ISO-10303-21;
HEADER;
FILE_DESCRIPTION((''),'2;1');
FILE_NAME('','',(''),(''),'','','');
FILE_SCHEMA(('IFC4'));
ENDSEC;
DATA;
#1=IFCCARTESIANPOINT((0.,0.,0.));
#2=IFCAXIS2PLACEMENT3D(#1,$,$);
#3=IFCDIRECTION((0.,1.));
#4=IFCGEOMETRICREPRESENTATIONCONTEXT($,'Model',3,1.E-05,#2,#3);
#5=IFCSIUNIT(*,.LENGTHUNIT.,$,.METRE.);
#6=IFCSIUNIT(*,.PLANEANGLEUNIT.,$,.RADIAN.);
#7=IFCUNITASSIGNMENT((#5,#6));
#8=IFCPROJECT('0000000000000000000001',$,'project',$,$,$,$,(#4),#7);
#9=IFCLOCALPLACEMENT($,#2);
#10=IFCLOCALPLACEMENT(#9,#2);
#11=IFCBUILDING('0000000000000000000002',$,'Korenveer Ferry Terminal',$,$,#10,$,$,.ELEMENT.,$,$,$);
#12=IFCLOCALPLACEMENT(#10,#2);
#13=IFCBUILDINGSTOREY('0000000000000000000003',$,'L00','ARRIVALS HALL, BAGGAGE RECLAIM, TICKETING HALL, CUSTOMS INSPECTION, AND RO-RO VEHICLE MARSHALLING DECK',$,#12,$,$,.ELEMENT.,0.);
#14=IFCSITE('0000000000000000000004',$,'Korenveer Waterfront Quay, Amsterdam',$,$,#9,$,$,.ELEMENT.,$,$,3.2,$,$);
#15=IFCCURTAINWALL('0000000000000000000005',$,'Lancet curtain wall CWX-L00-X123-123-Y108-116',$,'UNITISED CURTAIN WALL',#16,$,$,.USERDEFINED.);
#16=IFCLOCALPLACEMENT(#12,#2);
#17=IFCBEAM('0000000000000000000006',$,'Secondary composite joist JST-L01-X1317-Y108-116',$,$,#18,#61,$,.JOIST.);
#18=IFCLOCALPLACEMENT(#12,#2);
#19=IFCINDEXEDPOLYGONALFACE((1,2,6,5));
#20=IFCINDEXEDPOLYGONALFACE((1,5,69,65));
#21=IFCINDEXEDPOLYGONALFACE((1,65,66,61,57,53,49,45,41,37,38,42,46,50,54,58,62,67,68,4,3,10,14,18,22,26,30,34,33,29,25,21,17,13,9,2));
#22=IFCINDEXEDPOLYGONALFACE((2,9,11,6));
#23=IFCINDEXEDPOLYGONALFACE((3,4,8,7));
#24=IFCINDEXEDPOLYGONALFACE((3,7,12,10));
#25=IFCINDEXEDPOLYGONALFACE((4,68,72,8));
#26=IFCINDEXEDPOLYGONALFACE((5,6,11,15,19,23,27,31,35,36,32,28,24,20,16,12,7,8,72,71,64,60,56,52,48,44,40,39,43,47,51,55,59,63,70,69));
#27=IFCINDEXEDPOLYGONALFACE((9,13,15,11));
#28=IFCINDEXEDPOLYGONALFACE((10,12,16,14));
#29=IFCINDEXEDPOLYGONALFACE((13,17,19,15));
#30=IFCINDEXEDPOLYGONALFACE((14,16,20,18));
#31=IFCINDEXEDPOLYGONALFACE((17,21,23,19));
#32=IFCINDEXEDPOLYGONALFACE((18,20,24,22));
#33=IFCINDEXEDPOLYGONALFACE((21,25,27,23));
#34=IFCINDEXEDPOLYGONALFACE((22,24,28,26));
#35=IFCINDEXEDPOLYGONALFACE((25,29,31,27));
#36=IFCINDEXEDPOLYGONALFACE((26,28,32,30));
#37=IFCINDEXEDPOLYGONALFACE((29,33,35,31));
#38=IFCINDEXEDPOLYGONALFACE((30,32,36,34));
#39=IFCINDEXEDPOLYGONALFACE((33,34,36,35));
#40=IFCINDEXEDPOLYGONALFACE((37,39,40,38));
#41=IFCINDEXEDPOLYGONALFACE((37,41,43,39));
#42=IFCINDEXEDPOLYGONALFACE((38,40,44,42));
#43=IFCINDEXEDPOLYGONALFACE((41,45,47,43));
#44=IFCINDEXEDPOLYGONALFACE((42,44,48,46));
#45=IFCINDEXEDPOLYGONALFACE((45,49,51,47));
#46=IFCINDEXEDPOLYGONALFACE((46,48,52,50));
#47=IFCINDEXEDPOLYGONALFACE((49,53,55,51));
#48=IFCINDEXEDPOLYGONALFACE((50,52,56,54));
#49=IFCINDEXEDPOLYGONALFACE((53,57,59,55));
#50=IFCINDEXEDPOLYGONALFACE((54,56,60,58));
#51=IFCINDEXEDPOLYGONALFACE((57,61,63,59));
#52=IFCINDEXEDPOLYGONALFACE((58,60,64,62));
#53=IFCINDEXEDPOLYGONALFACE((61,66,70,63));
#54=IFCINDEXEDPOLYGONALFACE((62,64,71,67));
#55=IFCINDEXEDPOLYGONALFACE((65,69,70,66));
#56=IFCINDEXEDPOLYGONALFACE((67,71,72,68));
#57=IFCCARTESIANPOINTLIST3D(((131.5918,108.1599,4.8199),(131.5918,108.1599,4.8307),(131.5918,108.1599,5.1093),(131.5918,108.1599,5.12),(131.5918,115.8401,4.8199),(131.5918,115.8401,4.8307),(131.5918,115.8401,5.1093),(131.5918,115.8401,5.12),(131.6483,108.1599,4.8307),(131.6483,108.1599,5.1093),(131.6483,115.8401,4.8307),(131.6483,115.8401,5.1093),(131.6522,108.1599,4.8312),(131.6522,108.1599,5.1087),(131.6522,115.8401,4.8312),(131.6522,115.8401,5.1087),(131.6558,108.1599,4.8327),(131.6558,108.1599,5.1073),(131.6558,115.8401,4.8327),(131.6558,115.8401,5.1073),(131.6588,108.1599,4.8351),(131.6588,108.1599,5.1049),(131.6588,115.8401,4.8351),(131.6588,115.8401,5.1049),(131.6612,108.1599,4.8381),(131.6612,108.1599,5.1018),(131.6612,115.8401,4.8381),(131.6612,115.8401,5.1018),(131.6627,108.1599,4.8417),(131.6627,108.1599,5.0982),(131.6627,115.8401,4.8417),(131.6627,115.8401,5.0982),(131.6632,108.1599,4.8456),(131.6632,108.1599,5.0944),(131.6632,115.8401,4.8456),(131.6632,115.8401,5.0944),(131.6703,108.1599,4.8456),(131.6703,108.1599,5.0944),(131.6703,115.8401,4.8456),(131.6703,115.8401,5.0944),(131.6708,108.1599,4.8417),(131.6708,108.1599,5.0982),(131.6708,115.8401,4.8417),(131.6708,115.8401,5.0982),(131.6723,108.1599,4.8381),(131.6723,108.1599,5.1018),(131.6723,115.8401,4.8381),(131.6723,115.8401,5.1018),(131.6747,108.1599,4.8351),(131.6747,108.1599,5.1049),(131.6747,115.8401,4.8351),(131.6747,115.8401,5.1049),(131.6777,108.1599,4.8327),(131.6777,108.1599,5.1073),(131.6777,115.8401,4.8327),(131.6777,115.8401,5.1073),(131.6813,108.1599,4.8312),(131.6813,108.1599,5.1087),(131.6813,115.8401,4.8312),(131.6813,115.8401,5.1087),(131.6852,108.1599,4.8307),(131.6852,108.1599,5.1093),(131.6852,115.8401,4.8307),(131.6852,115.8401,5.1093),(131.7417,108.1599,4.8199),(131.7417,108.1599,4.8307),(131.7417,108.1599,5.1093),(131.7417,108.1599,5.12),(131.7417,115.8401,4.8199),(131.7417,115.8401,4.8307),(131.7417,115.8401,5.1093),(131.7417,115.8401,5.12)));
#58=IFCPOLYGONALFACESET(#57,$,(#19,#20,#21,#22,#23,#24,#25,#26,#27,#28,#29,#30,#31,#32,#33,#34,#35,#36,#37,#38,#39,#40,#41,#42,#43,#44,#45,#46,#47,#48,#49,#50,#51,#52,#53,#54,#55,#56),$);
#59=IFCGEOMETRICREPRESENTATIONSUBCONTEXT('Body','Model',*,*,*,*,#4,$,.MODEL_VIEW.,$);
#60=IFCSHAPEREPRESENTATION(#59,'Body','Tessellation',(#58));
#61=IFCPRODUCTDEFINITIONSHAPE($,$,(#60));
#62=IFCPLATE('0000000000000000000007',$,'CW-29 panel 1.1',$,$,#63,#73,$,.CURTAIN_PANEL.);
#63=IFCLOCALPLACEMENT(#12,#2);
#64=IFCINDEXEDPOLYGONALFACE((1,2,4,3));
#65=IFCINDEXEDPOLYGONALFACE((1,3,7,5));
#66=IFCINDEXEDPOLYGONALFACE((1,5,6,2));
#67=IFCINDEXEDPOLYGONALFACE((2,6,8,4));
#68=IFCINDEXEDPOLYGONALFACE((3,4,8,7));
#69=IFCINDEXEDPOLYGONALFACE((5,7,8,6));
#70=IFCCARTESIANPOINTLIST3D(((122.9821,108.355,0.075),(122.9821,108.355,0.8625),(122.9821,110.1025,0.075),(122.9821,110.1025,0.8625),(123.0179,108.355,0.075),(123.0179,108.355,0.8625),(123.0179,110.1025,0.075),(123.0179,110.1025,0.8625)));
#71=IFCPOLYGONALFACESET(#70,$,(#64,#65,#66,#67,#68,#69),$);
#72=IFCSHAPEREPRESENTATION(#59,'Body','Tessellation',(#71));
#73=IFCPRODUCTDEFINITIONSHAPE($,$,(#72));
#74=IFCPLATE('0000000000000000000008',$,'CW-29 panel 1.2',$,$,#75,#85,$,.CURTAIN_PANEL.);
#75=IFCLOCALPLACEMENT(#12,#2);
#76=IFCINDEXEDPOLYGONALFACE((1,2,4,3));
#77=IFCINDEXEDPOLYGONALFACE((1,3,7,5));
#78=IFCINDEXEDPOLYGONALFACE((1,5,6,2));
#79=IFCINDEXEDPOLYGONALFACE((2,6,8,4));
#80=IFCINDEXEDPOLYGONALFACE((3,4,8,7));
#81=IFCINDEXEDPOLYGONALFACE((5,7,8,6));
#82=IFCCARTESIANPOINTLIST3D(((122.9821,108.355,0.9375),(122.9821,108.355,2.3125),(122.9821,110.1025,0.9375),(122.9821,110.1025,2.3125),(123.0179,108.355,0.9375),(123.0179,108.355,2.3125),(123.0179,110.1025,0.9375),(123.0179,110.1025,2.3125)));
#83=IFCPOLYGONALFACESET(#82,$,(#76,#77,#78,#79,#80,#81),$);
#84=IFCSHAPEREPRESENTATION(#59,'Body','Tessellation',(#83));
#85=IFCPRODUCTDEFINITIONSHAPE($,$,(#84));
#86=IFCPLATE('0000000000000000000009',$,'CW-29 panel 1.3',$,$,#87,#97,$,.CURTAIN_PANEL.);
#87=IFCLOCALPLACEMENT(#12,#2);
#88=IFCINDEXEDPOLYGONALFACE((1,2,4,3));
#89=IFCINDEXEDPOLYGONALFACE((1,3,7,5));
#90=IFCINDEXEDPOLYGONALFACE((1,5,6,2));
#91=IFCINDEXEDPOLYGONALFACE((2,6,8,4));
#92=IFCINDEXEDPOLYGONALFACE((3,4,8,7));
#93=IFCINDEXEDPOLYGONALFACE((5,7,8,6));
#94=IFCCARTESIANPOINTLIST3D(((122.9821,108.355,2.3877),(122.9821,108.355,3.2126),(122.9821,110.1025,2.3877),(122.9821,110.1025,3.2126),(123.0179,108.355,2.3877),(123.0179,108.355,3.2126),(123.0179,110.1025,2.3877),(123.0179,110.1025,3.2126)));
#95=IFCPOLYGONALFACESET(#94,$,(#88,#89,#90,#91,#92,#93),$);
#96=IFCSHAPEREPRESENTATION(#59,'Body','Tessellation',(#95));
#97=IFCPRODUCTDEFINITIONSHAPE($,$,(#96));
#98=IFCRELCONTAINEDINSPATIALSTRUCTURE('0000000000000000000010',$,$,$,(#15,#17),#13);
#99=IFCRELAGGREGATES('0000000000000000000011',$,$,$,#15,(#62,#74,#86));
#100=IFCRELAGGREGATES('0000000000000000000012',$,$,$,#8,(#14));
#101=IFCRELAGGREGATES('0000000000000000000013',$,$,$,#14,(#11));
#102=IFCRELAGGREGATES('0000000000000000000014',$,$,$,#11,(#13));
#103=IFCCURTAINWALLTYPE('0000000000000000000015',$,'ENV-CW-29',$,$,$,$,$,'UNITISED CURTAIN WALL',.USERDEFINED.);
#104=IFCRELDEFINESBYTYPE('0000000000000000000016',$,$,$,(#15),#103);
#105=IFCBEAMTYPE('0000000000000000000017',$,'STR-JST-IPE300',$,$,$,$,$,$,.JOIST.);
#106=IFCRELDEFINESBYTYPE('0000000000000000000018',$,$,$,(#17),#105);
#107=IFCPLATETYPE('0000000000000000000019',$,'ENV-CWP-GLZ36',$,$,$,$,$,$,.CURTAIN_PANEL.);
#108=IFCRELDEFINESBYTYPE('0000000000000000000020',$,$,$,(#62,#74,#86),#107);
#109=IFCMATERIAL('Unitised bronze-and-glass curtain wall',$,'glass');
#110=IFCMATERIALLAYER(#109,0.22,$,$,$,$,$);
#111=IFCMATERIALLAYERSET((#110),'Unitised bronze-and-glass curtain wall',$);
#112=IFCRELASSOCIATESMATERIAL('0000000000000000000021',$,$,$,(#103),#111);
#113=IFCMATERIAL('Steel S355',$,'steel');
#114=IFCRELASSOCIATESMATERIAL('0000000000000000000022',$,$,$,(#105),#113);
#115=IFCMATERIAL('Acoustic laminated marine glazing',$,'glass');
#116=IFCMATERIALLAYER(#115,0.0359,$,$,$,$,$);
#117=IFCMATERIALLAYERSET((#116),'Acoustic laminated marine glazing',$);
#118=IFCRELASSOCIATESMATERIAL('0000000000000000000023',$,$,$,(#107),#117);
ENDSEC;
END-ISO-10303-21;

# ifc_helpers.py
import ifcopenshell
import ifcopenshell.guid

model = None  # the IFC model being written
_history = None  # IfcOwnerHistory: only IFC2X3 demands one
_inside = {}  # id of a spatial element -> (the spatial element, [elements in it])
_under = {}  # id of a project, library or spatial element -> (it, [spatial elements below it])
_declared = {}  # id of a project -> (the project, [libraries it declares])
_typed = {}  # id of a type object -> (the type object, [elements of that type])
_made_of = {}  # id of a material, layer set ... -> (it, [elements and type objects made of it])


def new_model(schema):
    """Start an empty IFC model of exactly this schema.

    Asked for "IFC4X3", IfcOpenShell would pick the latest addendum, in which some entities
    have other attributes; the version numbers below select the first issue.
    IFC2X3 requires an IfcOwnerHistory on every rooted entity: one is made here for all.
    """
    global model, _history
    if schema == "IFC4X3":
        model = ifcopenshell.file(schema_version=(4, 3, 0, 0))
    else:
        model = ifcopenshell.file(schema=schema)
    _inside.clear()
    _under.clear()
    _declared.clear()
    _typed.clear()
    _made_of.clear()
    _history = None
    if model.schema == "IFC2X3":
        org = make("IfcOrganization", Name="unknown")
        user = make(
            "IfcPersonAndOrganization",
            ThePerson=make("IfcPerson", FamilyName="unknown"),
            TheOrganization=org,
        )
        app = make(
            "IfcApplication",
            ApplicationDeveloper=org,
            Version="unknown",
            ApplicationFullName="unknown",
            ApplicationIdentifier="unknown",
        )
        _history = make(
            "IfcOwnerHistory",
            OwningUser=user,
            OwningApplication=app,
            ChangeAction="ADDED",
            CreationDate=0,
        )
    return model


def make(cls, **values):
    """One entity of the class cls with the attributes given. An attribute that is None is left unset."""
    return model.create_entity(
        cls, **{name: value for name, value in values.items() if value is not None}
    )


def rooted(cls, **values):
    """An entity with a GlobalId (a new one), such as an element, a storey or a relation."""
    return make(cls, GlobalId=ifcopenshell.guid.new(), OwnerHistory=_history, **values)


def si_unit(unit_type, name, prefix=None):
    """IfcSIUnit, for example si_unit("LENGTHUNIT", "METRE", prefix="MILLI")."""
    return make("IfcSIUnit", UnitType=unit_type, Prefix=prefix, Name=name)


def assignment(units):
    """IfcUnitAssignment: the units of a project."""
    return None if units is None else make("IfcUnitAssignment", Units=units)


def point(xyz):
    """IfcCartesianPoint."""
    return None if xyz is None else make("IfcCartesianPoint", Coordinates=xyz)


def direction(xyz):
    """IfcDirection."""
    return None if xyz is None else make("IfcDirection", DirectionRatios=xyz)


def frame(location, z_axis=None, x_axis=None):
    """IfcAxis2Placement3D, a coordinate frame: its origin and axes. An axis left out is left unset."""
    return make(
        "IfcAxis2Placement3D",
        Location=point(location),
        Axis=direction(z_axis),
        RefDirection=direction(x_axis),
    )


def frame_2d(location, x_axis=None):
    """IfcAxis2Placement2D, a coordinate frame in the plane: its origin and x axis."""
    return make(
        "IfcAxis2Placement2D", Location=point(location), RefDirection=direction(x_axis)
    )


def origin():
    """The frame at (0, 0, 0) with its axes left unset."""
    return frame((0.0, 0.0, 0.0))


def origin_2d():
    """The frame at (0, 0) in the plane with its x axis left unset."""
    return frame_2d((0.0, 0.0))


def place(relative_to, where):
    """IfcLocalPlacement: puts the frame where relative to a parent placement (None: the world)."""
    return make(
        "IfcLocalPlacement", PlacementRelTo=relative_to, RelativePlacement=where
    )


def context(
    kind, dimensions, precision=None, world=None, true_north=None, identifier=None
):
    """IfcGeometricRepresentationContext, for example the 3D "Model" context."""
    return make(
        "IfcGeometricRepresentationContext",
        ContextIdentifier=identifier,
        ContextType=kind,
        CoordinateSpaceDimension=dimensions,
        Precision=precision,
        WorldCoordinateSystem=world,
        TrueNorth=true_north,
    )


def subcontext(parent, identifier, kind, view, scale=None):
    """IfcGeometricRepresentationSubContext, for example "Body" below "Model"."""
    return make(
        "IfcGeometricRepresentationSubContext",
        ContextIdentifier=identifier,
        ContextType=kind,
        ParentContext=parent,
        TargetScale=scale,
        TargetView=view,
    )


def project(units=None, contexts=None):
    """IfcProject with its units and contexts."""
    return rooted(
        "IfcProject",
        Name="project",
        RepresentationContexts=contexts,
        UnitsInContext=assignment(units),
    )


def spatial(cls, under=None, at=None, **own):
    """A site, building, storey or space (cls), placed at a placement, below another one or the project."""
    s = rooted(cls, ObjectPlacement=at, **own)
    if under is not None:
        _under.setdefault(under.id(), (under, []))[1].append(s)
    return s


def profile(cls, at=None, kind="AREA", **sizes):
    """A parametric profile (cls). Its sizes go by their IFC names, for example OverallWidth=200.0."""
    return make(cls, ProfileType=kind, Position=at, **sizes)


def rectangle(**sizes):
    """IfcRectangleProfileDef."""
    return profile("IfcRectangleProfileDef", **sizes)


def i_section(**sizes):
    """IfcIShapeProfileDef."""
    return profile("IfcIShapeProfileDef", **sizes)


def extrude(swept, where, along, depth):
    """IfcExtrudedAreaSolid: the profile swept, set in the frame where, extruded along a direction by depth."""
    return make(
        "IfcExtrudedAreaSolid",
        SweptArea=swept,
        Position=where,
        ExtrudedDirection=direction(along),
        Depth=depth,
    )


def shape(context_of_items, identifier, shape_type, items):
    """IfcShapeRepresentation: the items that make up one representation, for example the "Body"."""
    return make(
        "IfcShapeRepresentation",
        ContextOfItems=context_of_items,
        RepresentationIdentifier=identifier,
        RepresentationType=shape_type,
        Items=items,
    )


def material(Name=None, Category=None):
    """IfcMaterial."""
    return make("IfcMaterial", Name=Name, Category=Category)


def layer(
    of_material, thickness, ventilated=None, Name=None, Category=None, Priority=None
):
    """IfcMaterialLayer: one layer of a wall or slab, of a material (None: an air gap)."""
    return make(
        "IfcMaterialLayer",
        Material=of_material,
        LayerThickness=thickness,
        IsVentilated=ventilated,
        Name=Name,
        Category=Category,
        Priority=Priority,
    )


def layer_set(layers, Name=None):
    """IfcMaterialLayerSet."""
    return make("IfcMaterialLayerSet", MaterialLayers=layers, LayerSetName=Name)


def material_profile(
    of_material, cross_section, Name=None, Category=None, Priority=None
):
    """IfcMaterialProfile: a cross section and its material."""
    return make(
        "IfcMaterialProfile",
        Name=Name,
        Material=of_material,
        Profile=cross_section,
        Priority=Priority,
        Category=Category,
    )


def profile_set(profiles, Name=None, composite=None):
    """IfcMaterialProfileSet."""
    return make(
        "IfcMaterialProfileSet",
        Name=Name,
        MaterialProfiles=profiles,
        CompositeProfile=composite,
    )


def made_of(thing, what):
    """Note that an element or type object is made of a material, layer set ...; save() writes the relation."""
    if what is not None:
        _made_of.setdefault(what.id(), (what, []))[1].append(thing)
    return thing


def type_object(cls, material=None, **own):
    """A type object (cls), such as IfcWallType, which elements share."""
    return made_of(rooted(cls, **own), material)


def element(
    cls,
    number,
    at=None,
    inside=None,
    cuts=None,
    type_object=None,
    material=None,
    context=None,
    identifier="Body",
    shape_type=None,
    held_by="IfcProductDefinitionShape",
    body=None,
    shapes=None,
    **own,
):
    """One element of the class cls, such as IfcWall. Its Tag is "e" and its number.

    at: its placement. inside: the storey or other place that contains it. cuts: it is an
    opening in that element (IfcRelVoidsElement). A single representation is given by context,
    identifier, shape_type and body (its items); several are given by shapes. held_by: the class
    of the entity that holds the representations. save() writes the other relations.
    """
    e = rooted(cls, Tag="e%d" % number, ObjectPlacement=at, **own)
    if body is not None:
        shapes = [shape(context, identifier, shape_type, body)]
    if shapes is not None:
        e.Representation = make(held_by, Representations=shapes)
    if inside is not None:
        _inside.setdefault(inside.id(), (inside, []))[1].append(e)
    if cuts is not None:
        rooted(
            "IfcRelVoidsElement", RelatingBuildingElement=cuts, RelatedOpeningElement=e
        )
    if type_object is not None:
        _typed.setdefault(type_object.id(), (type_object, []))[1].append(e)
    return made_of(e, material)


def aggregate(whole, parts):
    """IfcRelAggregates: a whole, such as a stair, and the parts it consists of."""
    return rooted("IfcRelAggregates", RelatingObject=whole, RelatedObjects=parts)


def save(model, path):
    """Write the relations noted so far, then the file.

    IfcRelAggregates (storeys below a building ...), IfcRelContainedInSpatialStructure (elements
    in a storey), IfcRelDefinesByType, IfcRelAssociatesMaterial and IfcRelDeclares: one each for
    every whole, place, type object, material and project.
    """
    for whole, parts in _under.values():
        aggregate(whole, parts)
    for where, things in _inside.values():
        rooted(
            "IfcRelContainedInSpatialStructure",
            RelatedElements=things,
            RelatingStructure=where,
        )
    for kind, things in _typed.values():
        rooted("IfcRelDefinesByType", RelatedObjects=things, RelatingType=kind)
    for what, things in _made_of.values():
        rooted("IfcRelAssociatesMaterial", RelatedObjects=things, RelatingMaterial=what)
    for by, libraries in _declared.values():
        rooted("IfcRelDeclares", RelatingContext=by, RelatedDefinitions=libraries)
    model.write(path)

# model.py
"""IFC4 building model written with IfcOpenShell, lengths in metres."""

from ifc_helpers import new_model, si_unit, direction, frame, origin, origin_2d, place, context, subcontext, project, spatial, rectangle, i_section, extrude, material, layer, layer_set, material_profile, profile_set, type_object, element, aggregate, save


model = new_model("IFC4")

# Units and contexts
model_context = context("Model", 3, precision=1e-05, world=origin(), true_north=direction((0.0, 1.0)))
body_context = subcontext(model_context, "Body", "Model", "MODEL_VIEW")
ifc_project = project(units=[si_unit("LENGTHUNIT", "METRE"), si_unit("PLANEANGLEUNIT", "RADIAN")], contexts=[model_context])

# Site, building, storey
site_placement = place(None, origin())
site = spatial("IfcSite", under=ifc_project, at=site_placement, Name="Korenveer Waterfront Quay, Amsterdam", CompositionType="ELEMENT", RefElevation=3.2)
building_placement = place(site_placement, origin())
building = spatial("IfcBuilding", under=site, at=building_placement, Name="Korenveer Ferry Terminal", CompositionType="ELEMENT")
storey_placement = place(building_placement, origin())
storey = spatial("IfcBuildingStorey", under=building, at=storey_placement, Name="L00", Description="ARRIVALS HALL, BAGGAGE RECLAIM, TICKETING HALL, CUSTOMS INSPECTION, AND RO-RO VEHICLE MARSHALLING DECK", CompositionType="ELEMENT", Elevation=0.0)

# Curtain wall
ifc_material_1 = material(Name="Unitised bronze-and-glass curtain wall", Category="glass")
ifc_layer_1 = layer(ifc_material_1, 0.22)
ifc_layer_set_1 = layer_set([ifc_layer_1], Name="Unitised bronze-and-glass curtain wall")
curtain_wall_type = type_object("IfcCurtainWallType", Name="ENV-CW-29", ElementType="UNITISED CURTAIN WALL", PredefinedType="USERDEFINED", material=ifc_layer_set_1)
curtain_wall_placement = place(storey_placement, frame((123.0, 108.28, 0.0)))
curtain_wall = element("IfcCurtainWall", 1, at=curtain_wall_placement, inside=storey, type_object=curtain_wall_type, Name="Lancet curtain wall CWX-L00-X123-123-Y108-116", ObjectType="UNITISED CURTAIN WALL", PredefinedType="USERDEFINED")

# Beam
ifc_material_2 = material(Name="Steel S355", Category="steel")
ifc_material_profile_1 = material_profile(ifc_material_2, i_section(OverallWidth=0.1499, OverallDepth=0.3, WebThickness=0.0071, FlangeThickness=0.0107, FilletRadius=0.0149, at=origin_2d()), Name="IPE 300")
ifc_profile_set_1 = profile_set([ifc_material_profile_1], Name="Steel S355")
beam_type_1 = type_object("IfcBeamType", Name="STR-JST-IPE300", PredefinedType="JOIST", material=ifc_profile_set_1)
for number, where, z_axis, x_axis, name in (
    (2, (131.6667, 108.1599, 4.97), (0.0, 1.0, 0.0), (-1.0, 0.0, 0.0), "Secondary composite joist JST-L01-X1317-Y108-116"),
):
    element("IfcBeam", number, at=place(storey_placement, frame(where, z_axis=z_axis, x_axis=x_axis)), inside=storey, type_object=beam_type_1, Name=name, PredefinedType="JOIST", context=body_context, shape_type="SweptSolid", body=[
        extrude(i_section(OverallWidth=0.1499, OverallDepth=0.3, WebThickness=0.0071, FlangeThickness=0.0107, FilletRadius=0.0149, at=origin_2d()), origin(), (0.0, 0.0, 1.0), 7.6802),
    ])

# Plates
ifc_material_3 = material(Name="Acoustic laminated marine glazing", Category="glass")
ifc_layer_2 = layer(ifc_material_3, 0.0359)
ifc_layer_set_2 = layer_set([ifc_layer_2], Name="Acoustic laminated marine glazing")
plate_type = type_object("IfcPlateType", Name="ENV-CWP-GLZ36", PredefinedType="CURTAIN_PANEL", material=ifc_layer_set_2)
plate_1_placement = place(storey_placement, frame((123.0, 109.2288, 0.075), z_axis=(0.0, 0.0, 1.0), x_axis=(0.0, 1.0, 0.0)))
plate_1 = element("IfcPlate", 3, at=plate_1_placement, type_object=plate_type, Name="CW-29 panel 1.1", PredefinedType="CURTAIN_PANEL", context=body_context, shape_type="SweptSolid", body=[
    extrude(rectangle(XDim=1.7476, YDim=0.0359, at=origin_2d()), origin(), (0.0, 0.0, 1.0), 0.7876),
])
plate_2_placement = place(storey_placement, frame((123.0, 109.2288, 0.9375), z_axis=(0.0, 0.0, 1.0), x_axis=(0.0, 1.0, 0.0)))
plate_2 = element("IfcPlate", 4, at=plate_2_placement, type_object=plate_type, Name="CW-29 panel 1.2", PredefinedType="CURTAIN_PANEL", context=body_context, shape_type="SweptSolid", body=[
    extrude(rectangle(XDim=1.7476, YDim=0.0359, at=origin_2d()), origin(), (0.0, 0.0, 1.0), 1.375),
])
plate_3_placement = place(storey_placement, frame((123.0, 109.2288, 2.3877), z_axis=(0.0, 0.0, 1.0), x_axis=(0.0, 1.0, 0.0)))
plate_3 = element("IfcPlate", 5, at=plate_3_placement, type_object=plate_type, Name="CW-29 panel 1.3", PredefinedType="CURTAIN_PANEL", context=body_context, shape_type="SweptSolid", body=[
    extrude(rectangle(XDim=1.7476, YDim=0.0359, at=origin_2d()), origin(), (0.0, 0.0, 1.0), 0.825),
])
aggregate(curtain_wall, [plate_1, plate_2, plate_3])

save(model, "model.ifc")
